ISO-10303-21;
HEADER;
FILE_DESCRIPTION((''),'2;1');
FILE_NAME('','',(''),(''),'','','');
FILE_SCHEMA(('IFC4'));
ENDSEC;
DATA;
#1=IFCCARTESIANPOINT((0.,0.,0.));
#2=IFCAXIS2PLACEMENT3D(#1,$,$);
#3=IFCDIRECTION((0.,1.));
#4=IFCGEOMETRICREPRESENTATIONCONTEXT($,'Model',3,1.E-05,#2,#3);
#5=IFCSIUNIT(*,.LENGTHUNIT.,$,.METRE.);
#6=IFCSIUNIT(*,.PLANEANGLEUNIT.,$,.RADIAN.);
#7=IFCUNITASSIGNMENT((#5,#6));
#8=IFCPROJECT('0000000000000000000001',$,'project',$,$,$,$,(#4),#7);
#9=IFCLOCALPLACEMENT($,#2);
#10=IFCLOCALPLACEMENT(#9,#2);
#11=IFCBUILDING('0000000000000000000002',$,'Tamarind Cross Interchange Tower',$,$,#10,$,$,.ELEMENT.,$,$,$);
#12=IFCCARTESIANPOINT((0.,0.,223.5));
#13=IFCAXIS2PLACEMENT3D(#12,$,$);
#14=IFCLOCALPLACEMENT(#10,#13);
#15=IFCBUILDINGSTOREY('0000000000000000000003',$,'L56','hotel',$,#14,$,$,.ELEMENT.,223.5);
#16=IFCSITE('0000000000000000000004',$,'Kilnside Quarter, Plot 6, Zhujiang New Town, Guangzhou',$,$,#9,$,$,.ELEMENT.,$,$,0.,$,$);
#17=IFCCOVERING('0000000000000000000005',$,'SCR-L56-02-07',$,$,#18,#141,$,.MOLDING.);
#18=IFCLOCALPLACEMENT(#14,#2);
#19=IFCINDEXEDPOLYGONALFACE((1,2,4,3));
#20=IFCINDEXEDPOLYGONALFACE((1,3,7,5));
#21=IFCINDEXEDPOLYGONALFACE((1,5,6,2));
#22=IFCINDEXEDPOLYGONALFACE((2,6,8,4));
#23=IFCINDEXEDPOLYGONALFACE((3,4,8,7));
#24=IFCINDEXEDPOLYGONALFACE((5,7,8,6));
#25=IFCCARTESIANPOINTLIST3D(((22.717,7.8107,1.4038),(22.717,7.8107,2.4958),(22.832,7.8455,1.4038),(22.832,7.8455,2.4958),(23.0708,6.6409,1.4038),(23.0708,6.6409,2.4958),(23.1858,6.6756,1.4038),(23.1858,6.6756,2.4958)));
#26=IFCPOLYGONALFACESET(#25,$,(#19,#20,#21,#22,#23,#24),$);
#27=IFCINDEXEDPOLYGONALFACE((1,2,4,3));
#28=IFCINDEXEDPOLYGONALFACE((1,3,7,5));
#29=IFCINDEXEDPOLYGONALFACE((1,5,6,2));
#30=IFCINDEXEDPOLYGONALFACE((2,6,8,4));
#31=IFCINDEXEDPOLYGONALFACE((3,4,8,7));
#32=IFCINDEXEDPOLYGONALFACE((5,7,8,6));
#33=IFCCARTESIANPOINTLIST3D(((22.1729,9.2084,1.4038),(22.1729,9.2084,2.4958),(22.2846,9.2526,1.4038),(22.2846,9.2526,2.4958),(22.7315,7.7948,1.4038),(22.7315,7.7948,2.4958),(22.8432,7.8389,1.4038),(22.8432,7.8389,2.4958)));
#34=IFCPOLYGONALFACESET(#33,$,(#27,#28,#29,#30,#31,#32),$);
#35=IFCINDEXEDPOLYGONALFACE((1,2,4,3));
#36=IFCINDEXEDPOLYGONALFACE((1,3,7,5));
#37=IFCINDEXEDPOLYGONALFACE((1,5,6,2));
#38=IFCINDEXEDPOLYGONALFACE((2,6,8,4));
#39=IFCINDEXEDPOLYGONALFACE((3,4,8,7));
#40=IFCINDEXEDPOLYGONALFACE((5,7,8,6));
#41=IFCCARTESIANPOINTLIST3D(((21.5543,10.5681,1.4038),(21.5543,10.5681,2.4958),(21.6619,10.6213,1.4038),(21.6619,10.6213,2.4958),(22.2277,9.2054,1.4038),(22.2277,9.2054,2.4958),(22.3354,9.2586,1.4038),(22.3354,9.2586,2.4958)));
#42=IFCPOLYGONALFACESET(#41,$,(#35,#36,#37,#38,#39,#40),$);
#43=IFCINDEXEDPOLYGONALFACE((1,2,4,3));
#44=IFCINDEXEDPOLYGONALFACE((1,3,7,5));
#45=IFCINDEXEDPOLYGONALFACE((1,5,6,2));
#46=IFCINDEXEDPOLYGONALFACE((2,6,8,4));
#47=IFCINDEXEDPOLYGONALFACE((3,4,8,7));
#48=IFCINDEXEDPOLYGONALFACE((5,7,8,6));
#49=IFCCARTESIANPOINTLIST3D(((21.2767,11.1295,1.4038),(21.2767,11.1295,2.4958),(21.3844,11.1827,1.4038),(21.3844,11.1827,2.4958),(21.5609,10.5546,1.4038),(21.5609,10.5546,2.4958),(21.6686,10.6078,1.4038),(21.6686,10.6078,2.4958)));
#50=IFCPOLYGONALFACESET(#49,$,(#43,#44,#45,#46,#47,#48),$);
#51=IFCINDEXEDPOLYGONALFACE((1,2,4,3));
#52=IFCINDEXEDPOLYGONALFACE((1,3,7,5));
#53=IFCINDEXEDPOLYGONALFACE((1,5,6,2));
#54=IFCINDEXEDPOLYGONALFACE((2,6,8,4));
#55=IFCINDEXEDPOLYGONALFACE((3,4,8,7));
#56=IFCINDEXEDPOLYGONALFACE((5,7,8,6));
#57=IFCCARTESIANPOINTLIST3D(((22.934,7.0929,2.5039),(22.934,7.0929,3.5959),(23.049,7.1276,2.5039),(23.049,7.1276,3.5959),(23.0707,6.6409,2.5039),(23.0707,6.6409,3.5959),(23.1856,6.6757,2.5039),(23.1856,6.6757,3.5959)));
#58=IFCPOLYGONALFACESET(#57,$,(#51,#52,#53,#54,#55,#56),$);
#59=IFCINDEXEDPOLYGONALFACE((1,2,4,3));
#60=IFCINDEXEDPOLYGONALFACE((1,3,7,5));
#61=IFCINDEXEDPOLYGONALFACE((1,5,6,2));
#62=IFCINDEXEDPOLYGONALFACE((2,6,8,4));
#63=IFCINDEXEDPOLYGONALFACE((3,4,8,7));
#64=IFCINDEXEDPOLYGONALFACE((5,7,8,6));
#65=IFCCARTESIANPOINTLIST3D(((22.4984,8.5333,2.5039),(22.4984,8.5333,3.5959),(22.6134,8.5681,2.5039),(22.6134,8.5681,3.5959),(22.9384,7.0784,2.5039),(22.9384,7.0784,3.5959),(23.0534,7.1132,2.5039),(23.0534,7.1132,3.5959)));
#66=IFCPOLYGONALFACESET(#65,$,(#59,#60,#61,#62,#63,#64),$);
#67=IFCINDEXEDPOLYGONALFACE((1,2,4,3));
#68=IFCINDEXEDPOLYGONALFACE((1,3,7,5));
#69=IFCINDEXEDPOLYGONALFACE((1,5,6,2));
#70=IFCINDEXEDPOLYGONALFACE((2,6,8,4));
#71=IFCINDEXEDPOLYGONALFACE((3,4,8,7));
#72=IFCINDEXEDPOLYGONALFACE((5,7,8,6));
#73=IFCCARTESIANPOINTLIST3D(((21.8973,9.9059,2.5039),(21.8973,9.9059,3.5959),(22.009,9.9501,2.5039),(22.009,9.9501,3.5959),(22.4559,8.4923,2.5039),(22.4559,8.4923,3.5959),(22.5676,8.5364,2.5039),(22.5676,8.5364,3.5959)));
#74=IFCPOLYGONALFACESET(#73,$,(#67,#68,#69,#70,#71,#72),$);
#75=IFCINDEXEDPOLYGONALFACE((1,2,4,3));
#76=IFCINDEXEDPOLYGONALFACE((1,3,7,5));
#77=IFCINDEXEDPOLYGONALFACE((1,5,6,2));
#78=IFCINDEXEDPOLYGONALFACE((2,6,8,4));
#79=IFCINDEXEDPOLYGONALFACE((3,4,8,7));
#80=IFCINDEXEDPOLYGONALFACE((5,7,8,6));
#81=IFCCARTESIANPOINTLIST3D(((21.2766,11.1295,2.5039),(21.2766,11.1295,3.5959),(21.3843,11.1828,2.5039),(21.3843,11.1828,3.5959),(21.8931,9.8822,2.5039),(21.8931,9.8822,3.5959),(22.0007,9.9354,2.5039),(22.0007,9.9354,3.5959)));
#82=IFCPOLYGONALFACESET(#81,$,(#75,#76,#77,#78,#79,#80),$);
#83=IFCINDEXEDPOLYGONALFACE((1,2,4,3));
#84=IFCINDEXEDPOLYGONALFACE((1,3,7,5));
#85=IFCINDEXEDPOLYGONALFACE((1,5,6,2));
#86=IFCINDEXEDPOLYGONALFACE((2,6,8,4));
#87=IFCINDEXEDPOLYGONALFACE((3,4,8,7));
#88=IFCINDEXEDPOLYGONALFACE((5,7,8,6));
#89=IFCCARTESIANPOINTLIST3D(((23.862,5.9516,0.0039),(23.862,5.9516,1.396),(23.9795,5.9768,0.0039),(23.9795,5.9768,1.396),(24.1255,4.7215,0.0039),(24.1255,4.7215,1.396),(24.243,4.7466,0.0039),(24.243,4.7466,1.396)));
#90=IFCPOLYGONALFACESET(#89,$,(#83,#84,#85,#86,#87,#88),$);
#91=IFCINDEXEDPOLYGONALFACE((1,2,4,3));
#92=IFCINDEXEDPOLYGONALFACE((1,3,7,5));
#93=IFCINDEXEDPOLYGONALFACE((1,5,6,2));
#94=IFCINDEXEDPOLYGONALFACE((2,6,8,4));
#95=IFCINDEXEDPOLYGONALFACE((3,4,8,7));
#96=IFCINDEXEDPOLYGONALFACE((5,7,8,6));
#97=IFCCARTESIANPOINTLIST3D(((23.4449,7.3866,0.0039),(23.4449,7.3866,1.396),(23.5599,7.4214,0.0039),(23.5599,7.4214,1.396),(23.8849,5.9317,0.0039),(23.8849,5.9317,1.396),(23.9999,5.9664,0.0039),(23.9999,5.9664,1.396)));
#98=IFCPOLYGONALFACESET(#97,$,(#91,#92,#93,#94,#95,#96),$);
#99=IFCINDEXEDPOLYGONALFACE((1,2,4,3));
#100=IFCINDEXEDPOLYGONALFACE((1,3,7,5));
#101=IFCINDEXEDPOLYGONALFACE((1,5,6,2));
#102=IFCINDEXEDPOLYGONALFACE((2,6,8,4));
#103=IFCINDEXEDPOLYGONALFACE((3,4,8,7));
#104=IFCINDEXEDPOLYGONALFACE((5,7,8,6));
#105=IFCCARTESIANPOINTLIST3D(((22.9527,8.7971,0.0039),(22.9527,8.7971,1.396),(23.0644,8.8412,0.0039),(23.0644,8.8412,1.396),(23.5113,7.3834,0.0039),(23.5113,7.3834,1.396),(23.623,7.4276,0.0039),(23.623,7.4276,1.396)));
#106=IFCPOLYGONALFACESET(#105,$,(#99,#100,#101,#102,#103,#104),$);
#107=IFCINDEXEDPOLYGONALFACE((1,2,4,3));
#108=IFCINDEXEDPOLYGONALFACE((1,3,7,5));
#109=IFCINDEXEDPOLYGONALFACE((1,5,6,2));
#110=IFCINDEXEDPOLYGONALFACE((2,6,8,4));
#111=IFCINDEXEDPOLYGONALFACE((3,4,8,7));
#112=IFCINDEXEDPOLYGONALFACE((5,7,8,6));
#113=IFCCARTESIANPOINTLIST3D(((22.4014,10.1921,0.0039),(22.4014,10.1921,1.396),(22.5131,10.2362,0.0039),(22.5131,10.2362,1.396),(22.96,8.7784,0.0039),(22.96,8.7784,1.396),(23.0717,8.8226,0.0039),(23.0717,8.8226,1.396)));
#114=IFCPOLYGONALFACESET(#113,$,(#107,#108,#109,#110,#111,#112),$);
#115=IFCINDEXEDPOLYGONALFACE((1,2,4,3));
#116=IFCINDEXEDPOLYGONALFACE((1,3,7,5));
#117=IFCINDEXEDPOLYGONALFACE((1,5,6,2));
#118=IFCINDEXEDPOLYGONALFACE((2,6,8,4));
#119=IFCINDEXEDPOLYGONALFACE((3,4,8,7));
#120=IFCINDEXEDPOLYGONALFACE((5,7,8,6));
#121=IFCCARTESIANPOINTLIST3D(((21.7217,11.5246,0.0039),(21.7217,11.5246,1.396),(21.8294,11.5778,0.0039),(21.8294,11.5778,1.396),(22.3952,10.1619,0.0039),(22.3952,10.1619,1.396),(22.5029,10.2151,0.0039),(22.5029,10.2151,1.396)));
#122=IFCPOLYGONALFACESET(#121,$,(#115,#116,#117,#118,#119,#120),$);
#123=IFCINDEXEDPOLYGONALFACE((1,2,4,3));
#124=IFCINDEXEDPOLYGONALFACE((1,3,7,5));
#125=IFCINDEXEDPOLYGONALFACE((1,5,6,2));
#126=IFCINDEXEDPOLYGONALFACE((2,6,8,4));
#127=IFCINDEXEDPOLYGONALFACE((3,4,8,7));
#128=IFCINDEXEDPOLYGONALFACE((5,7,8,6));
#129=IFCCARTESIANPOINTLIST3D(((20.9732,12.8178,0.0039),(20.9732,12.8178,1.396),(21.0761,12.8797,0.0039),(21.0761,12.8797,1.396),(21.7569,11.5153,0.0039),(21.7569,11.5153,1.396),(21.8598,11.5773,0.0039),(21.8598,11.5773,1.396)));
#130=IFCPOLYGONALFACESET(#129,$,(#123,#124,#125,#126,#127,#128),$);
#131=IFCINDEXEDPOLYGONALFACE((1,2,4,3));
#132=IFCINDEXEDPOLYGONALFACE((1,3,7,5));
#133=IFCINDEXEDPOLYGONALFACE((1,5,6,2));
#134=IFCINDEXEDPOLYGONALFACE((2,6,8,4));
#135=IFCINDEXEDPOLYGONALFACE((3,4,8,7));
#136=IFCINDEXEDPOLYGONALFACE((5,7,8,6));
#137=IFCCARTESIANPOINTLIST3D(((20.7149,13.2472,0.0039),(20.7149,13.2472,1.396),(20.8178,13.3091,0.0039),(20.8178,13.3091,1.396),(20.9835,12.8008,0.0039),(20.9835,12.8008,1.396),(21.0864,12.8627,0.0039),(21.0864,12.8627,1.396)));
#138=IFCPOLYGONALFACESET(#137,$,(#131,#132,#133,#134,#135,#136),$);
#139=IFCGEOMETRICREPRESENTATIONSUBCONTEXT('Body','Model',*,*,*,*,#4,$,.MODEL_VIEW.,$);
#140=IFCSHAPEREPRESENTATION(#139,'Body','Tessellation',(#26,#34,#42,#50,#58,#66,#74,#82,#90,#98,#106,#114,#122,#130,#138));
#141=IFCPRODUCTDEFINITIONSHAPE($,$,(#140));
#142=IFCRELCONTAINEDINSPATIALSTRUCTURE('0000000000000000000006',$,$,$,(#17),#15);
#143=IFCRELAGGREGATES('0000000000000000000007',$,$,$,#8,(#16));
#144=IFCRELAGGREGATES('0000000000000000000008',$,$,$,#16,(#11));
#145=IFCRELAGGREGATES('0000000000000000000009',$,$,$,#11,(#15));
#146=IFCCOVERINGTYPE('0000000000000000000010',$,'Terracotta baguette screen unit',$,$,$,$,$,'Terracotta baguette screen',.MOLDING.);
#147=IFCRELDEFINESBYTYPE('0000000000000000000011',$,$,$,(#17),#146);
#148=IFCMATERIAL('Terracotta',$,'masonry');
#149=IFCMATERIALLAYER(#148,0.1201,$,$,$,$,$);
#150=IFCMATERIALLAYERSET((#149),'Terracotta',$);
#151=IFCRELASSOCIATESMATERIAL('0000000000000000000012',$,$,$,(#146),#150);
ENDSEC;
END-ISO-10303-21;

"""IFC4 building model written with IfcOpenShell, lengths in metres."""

from ifc_helpers import new_model, si_unit, direction, frame, origin, origin_2d, place, context, subcontext, project, spatial, rectangle, extrude, material, layer, layer_set, type_object, element, save


model = new_model("IFC4")

# Units and contexts
model_context = context("Model", 3, precision=1e-05, world=origin(), true_north=direction((0.0, 1.0)))
body_context = subcontext(model_context, "Body", "Model", "MODEL_VIEW")
ifc_project = project(units=[si_unit("LENGTHUNIT", "METRE"), si_unit("PLANEANGLEUNIT", "RADIAN")], contexts=[model_context])

# Site, building, storey
site_placement = place(None, origin())
site = spatial("IfcSite", under=ifc_project, at=site_placement, Name="Kilnside Quarter, Plot 6, Zhujiang New Town, Guangzhou", CompositionType="ELEMENT", RefElevation=0.0)
building_placement = place(site_placement, origin())
building = spatial("IfcBuilding", under=site, at=building_placement, Name="Tamarind Cross Interchange Tower", CompositionType="ELEMENT")
storey_placement = place(building_placement, frame((0.0, 0.0, 223.5)))
storey = spatial("IfcBuildingStorey", under=building, at=storey_placement, Name="L56", Description="hotel", CompositionType="ELEMENT", Elevation=223.5)

# Covering
ifc_material_1 = material(Name="Terracotta", Category="masonry")
ifc_layer_1 = layer(ifc_material_1, 0.1201)
ifc_layer_set_1 = layer_set([ifc_layer_1], Name="Terracotta")
covering_type = type_object("IfcCoveringType", Name="Terracotta baguette screen unit", ElementType="Terracotta baguette screen", PredefinedType="MOLDING", material=ifc_layer_set_1)
covering_1_placement = place(storey_placement, origin())
element("IfcCovering", 1, at=covering_1_placement, inside=storey, type_object=covering_type, Name="SCR-L56-02-07", PredefinedType="MOLDING", context=body_context, shape_type="SweptSolid", body=[
    extrude(rectangle(XDim=1.2222, YDim=0.1201, at=origin_2d()), frame((22.9514, 7.2432, 1.4038), z_axis=(0.0, 0.0, 1.0), x_axis=(-0.289458, 0.957191, 0.0)), (0.0, 0.0, 1.0), 1.092),
    extrude(rectangle(XDim=1.52, YDim=0.1201, at=origin_2d()), frame((22.5081, 8.5237, 1.4038), z_axis=(0.0, 0.0, 1.0), x_axis=(-0.367514, 0.930018, 0.0)), (0.0, 0.0, 1.0), 1.092),
    extrude(rectangle(XDim=1.52, YDim=0.1201, at=origin_2d()), frame((21.9448, 9.9133, 1.4038), z_axis=(0.0, 0.0, 1.0), x_axis=(-0.443059, 0.896493, 0.0)), (0.0, 0.0, 1.0), 1.092),
    extrude(rectangle(XDim=0.6414, YDim=0.1201, at=origin_2d()), frame((21.4727, 10.8687, 1.4038), z_axis=(0.0, 0.0, 1.0), x_axis=(-0.443059, 0.896493, 0.0)), (0.0, 0.0, 1.0), 1.092),
    extrude(rectangle(XDim=0.4722, YDim=0.1201, at=origin_2d()), frame((23.0598, 6.8843, 2.5039), z_axis=(0.0, 0.0, 1.0), x_axis=(-0.289458, 0.957191, 0.0)), (0.0, 0.0, 1.0), 1.092),
    extrude(rectangle(XDim=1.52, YDim=0.1201, at=origin_2d()), frame((22.7759, 7.8232, 2.5039), z_axis=(0.0, 0.0, 1.0), x_axis=(-0.289458, 0.957191, 0.0)), (0.0, 0.0, 1.0), 1.092),
    extrude(rectangle(XDim=1.52, YDim=0.1201, at=origin_2d()), frame((22.2324, 9.2212, 2.5039), z_axis=(0.0, 0.0, 1.0), x_axis=(-0.367514, 0.930018, 0.0)), (0.0, 0.0, 1.0), 1.092),
    extrude(rectangle(XDim=1.3914, YDim=0.1201, at=origin_2d()), frame((21.6387, 10.5325, 2.5039), z_axis=(0.0, 0.0, 1.0), x_axis=(-0.443059, 0.896493, 0.0)), (0.0, 0.0, 1.0), 1.092),
    extrude(rectangle(XDim=1.2581, YDim=0.1201, at=origin_2d()), frame((24.0525, 5.3491, 0.0039), z_axis=(0.0, 0.0, 1.0), x_axis=(-0.209425, 0.977825, 0.0)), (0.0, 0.0, 1.0), 1.3921),
    extrude(rectangle(XDim=1.52, YDim=0.1201, at=origin_2d()), frame((23.7224, 6.6765, 0.0039), z_axis=(0.0, 0.0, 1.0), x_axis=(-0.289458, 0.957191, 0.0)), (0.0, 0.0, 1.0), 1.3921),
    extrude(rectangle(XDim=1.52, YDim=0.1201, at=origin_2d()), frame((23.2878, 8.1123, 0.0039), z_axis=(0.0, 0.0, 1.0), x_axis=(-0.367514, 0.930018, 0.0)), (0.0, 0.0, 1.0), 1.3921),
    extrude(rectangle(XDim=1.52, YDim=0.1201, at=origin_2d()), frame((22.7366, 9.5073, 0.0039), z_axis=(0.0, 0.0, 1.0), x_axis=(-0.367514, 0.930018, 0.0)), (0.0, 0.0, 1.0), 1.3921),
    extrude(rectangle(XDim=1.52, YDim=0.1201, at=origin_2d()), frame((22.1123, 10.8699, 0.0039), z_axis=(0.0, 0.0, 1.0), x_axis=(-0.443059, 0.896493, 0.0)), (0.0, 0.0, 1.0), 1.3921),
    extrude(rectangle(XDim=1.52, YDim=0.1201, at=origin_2d()), frame((21.4165, 12.1975, 0.0039), z_axis=(0.0, 0.0, 1.0), x_axis=(-0.515577, 0.856843, 0.0)), (0.0, 0.0, 1.0), 1.3921),
    extrude(rectangle(XDim=0.521, YDim=0.1201, at=origin_2d()), frame((20.9006, 13.0549, 0.0039), z_axis=(0.0, 0.0, 1.0), x_axis=(-0.515577, 0.856843, 0.0)), (0.0, 0.0, 1.0), 1.3921),
])

save(model, "model.ifc")
